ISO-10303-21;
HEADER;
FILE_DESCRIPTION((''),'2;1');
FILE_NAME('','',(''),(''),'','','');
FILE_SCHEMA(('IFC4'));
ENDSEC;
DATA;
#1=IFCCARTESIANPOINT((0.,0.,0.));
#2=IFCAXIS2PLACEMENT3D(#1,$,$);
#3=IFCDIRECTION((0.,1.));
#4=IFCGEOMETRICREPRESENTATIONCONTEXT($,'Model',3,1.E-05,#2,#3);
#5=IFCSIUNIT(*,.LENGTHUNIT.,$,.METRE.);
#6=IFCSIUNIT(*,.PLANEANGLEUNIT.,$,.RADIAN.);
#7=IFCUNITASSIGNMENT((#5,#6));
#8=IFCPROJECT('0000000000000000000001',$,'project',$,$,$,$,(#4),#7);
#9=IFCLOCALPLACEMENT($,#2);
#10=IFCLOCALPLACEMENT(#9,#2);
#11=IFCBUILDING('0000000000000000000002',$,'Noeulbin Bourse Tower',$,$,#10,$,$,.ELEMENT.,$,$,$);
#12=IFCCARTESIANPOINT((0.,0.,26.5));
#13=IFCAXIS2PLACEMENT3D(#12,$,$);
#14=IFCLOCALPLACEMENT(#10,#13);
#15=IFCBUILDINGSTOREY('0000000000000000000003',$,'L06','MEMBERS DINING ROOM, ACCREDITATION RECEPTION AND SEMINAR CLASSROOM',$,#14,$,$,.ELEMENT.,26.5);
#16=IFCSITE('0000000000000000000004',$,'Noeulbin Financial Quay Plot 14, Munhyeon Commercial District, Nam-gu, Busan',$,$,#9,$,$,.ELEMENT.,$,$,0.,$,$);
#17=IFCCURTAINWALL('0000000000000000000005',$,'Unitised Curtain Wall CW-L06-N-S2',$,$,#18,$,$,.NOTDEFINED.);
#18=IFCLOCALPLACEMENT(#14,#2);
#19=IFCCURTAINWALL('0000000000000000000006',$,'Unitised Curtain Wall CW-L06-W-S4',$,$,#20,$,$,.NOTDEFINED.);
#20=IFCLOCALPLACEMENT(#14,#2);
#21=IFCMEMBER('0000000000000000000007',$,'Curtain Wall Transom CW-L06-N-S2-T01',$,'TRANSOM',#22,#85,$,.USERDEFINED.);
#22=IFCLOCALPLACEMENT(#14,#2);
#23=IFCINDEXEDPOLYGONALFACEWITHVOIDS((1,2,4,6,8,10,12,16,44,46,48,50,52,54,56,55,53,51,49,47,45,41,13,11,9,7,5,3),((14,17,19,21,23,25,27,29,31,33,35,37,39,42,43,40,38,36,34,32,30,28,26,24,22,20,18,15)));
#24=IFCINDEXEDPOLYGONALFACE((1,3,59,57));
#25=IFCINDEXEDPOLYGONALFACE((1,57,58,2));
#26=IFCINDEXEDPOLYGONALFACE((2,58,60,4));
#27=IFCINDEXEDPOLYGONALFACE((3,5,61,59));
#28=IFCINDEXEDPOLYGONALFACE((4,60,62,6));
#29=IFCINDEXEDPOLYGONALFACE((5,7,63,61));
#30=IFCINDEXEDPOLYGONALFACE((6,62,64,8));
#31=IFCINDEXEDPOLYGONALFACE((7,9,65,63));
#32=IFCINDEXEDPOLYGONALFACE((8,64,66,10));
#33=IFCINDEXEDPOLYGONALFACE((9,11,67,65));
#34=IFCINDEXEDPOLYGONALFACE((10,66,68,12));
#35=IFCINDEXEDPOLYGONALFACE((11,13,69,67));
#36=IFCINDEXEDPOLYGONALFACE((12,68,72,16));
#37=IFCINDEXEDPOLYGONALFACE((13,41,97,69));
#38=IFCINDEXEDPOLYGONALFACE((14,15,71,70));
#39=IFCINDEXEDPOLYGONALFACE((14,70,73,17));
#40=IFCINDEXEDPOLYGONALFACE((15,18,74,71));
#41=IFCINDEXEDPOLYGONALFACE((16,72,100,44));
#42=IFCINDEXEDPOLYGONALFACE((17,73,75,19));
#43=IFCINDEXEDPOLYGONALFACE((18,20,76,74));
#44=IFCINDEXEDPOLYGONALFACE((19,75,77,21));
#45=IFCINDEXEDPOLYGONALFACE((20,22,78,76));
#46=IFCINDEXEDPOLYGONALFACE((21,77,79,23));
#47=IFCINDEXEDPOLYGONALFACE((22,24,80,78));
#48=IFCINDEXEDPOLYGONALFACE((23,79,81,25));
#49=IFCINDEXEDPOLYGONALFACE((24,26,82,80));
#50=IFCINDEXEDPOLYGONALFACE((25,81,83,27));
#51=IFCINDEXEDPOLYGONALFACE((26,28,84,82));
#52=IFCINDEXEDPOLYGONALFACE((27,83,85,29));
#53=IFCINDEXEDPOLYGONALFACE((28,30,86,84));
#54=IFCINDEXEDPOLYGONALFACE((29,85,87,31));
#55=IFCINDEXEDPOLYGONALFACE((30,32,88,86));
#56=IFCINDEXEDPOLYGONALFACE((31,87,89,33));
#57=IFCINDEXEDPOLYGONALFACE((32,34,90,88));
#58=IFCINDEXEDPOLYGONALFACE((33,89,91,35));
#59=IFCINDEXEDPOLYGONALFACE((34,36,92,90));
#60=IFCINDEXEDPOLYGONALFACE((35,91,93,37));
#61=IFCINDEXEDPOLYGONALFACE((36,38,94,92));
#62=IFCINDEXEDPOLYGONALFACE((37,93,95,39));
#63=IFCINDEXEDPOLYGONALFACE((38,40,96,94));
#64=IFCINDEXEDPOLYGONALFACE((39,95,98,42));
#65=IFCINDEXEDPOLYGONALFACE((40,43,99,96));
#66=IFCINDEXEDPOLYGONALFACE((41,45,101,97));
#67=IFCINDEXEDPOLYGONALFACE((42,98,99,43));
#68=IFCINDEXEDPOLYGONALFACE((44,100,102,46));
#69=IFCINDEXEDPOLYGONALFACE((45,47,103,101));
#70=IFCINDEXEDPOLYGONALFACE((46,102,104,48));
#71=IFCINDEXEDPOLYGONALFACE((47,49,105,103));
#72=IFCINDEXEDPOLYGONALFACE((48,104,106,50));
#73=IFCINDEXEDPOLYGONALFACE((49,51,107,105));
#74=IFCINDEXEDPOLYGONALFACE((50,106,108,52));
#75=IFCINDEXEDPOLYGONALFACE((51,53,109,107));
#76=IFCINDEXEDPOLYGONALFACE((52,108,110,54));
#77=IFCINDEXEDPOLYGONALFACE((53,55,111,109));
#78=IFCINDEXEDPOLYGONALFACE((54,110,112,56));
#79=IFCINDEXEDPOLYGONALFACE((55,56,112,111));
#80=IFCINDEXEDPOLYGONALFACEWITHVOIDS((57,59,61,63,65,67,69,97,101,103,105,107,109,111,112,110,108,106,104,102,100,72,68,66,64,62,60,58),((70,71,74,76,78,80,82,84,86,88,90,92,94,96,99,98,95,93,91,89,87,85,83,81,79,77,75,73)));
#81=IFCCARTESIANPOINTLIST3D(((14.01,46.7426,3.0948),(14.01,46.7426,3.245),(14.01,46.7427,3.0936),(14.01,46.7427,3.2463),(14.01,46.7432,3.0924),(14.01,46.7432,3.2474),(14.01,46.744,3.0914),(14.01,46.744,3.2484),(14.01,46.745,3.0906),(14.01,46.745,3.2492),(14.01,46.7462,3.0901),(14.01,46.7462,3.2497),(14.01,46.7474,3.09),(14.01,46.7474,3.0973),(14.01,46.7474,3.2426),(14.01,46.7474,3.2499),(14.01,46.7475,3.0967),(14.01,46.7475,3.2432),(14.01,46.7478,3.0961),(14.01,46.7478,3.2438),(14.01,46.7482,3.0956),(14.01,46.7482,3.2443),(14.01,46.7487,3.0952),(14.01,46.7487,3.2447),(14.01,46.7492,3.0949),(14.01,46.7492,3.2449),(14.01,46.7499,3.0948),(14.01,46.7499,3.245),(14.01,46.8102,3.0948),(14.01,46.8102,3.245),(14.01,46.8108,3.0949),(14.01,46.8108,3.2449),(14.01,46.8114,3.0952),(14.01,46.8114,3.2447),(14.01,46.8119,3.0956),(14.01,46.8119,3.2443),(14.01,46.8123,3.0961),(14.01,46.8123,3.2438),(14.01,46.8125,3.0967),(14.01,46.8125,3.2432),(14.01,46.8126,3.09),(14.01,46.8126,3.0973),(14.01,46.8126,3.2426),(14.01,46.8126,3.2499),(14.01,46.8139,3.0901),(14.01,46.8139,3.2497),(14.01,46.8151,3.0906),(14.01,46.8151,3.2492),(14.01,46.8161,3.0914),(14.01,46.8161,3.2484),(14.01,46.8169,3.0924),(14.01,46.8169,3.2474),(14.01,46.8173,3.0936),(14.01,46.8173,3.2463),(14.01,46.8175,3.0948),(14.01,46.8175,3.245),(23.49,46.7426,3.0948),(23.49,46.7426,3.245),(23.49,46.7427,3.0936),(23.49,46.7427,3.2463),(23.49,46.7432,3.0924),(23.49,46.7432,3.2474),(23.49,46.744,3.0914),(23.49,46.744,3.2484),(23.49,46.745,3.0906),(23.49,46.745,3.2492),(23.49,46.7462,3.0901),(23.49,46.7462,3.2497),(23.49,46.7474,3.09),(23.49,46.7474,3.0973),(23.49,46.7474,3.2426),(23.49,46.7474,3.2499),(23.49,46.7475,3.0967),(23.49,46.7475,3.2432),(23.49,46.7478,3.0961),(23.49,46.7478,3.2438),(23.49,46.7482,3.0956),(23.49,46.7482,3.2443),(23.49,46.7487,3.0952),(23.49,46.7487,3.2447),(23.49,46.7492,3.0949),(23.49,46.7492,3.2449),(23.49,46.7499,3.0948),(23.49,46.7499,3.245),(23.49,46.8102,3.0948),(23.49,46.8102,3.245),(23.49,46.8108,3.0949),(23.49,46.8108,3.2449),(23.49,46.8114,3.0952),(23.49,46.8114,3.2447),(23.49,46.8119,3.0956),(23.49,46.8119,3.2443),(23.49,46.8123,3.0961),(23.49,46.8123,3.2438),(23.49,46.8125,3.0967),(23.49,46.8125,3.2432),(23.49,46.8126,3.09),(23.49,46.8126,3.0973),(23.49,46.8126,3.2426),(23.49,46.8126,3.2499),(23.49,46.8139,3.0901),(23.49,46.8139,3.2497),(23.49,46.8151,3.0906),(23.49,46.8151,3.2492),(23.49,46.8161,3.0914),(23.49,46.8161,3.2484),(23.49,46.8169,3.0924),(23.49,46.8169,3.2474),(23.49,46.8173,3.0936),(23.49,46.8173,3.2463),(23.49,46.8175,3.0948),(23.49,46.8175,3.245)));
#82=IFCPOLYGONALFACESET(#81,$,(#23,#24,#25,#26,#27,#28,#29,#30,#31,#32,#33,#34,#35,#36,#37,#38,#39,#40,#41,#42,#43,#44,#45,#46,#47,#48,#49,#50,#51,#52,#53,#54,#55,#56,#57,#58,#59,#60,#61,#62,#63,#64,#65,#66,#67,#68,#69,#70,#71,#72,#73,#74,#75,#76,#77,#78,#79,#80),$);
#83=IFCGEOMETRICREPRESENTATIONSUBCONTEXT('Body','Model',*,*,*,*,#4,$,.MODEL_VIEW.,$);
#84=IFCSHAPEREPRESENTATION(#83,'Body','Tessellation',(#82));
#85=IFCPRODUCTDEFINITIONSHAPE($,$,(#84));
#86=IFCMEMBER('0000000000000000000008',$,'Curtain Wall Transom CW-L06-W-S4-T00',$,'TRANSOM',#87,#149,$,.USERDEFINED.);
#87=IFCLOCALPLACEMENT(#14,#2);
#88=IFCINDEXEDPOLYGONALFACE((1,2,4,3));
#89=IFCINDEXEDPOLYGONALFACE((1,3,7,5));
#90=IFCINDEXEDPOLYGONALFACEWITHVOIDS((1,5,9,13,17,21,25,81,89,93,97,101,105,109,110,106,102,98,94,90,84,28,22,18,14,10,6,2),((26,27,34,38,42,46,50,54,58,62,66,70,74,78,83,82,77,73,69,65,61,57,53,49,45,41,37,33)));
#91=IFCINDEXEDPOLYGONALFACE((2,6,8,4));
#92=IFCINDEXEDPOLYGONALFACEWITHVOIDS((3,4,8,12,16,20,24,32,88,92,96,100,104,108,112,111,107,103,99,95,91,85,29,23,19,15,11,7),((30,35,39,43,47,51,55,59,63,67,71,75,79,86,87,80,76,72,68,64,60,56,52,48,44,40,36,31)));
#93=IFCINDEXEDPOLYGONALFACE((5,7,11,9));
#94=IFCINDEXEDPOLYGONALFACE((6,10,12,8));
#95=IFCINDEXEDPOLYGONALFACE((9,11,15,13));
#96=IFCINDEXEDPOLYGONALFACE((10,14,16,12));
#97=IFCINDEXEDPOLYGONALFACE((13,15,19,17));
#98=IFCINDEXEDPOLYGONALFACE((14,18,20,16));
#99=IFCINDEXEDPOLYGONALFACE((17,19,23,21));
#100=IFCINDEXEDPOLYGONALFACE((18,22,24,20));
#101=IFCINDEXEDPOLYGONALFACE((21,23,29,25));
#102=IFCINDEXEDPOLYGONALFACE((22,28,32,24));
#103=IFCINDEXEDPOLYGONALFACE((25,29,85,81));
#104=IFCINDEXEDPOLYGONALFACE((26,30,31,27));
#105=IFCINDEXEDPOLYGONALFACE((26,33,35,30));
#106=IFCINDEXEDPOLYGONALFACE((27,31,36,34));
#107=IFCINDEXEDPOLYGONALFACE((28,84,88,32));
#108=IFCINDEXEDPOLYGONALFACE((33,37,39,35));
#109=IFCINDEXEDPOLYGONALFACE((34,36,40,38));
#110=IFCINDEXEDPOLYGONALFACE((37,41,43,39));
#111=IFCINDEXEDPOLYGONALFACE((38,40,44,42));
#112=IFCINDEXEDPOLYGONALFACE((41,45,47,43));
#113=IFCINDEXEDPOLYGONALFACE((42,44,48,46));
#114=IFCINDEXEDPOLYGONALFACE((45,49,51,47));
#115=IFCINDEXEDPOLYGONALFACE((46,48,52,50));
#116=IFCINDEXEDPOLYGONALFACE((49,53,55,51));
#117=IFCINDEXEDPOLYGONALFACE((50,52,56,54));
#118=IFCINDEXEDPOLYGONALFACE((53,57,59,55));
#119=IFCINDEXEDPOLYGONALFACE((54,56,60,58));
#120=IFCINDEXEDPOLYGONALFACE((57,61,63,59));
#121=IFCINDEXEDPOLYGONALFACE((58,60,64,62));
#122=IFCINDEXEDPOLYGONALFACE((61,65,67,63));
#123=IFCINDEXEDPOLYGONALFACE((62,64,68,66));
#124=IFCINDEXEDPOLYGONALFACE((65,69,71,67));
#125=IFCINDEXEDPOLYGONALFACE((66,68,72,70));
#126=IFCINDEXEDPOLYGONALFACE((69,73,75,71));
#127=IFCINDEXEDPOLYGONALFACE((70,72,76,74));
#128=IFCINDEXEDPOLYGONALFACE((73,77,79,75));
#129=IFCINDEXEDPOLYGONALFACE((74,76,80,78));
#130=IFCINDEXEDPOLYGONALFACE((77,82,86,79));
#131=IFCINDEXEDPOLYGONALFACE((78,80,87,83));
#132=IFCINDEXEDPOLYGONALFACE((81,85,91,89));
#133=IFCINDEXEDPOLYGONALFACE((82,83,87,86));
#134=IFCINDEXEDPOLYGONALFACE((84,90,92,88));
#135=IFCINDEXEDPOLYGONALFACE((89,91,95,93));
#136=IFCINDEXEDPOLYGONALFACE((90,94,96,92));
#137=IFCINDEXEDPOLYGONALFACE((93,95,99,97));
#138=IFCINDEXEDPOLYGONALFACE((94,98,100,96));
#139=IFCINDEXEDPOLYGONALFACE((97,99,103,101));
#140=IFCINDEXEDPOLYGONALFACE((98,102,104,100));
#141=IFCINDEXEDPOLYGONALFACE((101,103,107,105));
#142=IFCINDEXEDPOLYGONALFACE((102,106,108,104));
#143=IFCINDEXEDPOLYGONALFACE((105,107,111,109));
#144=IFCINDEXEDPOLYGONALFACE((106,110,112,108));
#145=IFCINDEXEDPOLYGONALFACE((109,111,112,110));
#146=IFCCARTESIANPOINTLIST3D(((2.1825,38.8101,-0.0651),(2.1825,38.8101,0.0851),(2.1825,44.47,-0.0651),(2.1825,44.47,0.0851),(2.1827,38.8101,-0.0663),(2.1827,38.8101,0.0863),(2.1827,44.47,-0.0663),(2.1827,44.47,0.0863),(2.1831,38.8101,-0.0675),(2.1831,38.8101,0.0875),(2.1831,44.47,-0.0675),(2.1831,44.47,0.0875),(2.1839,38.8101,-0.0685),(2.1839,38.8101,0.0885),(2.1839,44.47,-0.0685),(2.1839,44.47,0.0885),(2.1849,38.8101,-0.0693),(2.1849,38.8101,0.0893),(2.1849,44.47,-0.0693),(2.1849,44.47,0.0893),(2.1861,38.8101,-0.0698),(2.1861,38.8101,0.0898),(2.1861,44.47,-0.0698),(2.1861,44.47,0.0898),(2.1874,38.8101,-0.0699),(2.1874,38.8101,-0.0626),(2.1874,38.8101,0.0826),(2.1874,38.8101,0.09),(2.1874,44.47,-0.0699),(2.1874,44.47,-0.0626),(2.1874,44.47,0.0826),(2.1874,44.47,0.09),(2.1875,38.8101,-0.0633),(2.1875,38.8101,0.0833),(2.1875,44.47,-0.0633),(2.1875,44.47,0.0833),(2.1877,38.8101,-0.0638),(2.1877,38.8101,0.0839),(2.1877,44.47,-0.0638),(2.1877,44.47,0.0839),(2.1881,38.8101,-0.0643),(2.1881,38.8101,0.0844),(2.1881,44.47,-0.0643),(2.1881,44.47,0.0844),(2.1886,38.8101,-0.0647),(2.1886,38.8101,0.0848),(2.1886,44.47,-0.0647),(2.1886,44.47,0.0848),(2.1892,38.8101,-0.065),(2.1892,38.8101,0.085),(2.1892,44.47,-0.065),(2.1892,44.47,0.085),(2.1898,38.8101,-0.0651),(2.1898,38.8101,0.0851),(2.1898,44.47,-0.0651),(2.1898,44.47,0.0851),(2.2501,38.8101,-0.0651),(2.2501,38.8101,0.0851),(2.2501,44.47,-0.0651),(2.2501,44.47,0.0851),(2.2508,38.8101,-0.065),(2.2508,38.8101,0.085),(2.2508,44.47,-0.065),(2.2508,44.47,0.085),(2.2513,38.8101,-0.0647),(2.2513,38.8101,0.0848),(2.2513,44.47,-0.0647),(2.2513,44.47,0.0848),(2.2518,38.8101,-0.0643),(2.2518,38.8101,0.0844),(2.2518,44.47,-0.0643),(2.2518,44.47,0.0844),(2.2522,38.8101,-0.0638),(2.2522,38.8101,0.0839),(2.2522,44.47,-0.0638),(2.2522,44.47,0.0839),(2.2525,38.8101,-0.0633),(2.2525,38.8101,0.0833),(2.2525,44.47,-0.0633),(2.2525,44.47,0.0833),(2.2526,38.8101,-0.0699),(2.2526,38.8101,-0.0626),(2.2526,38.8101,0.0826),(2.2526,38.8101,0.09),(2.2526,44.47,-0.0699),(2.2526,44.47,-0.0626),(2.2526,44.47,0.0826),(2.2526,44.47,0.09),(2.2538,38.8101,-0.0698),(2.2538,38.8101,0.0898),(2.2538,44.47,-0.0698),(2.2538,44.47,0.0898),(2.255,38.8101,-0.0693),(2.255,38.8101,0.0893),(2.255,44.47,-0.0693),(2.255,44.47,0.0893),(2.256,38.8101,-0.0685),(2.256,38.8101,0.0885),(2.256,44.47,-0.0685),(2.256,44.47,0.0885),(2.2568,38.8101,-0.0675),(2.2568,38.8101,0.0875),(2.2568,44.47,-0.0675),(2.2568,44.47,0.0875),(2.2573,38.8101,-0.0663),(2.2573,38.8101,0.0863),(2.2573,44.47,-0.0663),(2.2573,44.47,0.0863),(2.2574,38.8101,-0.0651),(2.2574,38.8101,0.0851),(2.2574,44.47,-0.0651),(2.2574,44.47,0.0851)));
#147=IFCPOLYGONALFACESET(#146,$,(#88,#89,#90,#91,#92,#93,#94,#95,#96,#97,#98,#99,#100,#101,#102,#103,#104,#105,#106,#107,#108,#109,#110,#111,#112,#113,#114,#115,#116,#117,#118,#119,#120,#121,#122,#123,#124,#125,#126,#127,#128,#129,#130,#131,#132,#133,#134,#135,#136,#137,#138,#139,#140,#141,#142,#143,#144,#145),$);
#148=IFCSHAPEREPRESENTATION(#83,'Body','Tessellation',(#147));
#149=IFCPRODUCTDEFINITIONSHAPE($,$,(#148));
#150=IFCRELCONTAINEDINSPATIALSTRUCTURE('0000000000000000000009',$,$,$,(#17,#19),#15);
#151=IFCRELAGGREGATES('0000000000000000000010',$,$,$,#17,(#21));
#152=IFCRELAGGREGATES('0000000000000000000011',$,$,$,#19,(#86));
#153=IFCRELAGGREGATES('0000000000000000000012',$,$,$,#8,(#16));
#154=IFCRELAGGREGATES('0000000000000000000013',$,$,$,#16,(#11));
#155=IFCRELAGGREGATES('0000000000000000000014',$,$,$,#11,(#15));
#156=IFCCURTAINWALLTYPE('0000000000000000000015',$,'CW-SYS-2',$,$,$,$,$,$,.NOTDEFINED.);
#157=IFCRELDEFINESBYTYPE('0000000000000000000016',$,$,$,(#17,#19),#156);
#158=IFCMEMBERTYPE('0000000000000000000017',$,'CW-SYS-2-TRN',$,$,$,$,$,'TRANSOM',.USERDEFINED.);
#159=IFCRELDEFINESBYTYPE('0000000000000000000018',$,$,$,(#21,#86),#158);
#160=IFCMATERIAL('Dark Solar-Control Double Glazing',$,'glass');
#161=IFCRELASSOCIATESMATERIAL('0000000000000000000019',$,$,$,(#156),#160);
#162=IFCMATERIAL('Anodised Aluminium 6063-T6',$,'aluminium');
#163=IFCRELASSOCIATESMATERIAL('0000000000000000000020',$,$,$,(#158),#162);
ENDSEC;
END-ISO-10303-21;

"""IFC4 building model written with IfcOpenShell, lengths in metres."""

from ifc_helpers import new_model, si_unit, direction, frame, origin, origin_2d, place, context, subcontext, project, spatial, hollow_rectangle, extrude, material, material_profile, profile_set, type_object, element, aggregate, save


model = new_model("IFC4")

# Units and contexts
model_context = context("Model", 3, precision=1e-05, world=origin(), true_north=direction((0.0, 1.0)))
body_context = subcontext(model_context, "Body", "Model", "MODEL_VIEW")
ifc_project = project(units=[si_unit("LENGTHUNIT", "METRE"), si_unit("PLANEANGLEUNIT", "RADIAN")], contexts=[model_context])

# Site, building, storey
site_placement = place(None, origin())
site = spatial("IfcSite", under=ifc_project, at=site_placement, Name="Noeulbin Financial Quay Plot 14, Munhyeon Commercial District, Nam-gu, Busan", CompositionType="ELEMENT", RefElevation=0.0)
building_placement = place(site_placement, origin())
building = spatial("IfcBuilding", under=site, at=building_placement, Name="Noeulbin Bourse Tower", CompositionType="ELEMENT")
storey_placement = place(building_placement, frame((0.0, 0.0, 26.5)))
storey = spatial("IfcBuildingStorey", under=building, at=storey_placement, Name="L06", Description="MEMBERS DINING ROOM, ACCREDITATION RECEPTION AND SEMINAR CLASSROOM", CompositionType="ELEMENT", Elevation=26.5)

# Shared definitions
ifc_material_1 = material(Name="Dark Solar-Control Double Glazing", Category="glass")
curtain_wall_type = type_object("IfcCurtainWallType", Name="CW-SYS-2", PredefinedType="NOTDEFINED", material=ifc_material_1)
ifc_material_2 = material(Name="Anodised Aluminium 6063-T6", Category="aluminium")

# Curtain wall
curtain_wall_1_placement = place(storey_placement, origin())
curtain_wall_1 = element("IfcCurtainWall", 1, at=curtain_wall_1_placement, inside=storey, type_object=curtain_wall_type, Name="Unitised Curtain Wall CW-L06-N-S2", PredefinedType="NOTDEFINED")

# Curtain wall
curtain_wall_2_placement = place(storey_placement, origin())
curtain_wall_2 = element("IfcCurtainWall", 2, at=curtain_wall_2_placement, inside=storey, type_object=curtain_wall_type, Name="Unitised Curtain Wall CW-L06-W-S4", PredefinedType="NOTDEFINED")

# Members
ifc_material_profile_1 = material_profile(ifc_material_2, hollow_rectangle(XDim=0.075, YDim=0.1599, WallThickness=0.0049, InnerFilletRadius=0.0024, OuterFilletRadius=0.0049, at=origin_2d()), Name="ALU-TRAN-75x160x5", Category="LoadBearing")
ifc_profile_set_1 = profile_set([ifc_material_profile_1], Name="Anodised Aluminium 6063-T6")
member_type_1 = type_object("IfcMemberType", Name="CW-SYS-2-TRN", ElementType="TRANSOM", PredefinedType="USERDEFINED", material=ifc_profile_set_1)
member_1_placement = place(storey_placement, frame((14.01, 46.78, 3.1699), z_axis=(1.0, 0.0, 0.0), x_axis=(0.0, 1.0, 0.0)))
member_1 = element("IfcMember", 3, at=member_1_placement, type_object=member_type_1, Name="Curtain Wall Transom CW-L06-N-S2-T01", ObjectType="TRANSOM", PredefinedType="USERDEFINED", context=body_context, shape_type="SweptSolid", body=[
    extrude(hollow_rectangle(XDim=0.075, YDim=0.1599, WallThickness=0.0049, InnerFilletRadius=0.0024, OuterFilletRadius=0.0049, at=origin_2d()), origin(), (0.0, 0.0, 1.0), 9.48),
])
aggregate(curtain_wall_1, [member_1])
member_2_placement = place(storey_placement, frame((2.22, 38.8101, 0.01), z_axis=(0.0, 1.0, 0.0), x_axis=(-1.0, 0.0, 0.0)))
member_2 = element("IfcMember", 4, at=member_2_placement, type_object=member_type_1, Name="Curtain Wall Transom CW-L06-W-S4-T00", ObjectType="TRANSOM", PredefinedType="USERDEFINED", context=body_context, shape_type="SweptSolid", body=[
    extrude(hollow_rectangle(XDim=0.075, YDim=0.1599, WallThickness=0.0049, InnerFilletRadius=0.0024, OuterFilletRadius=0.0049, at=origin_2d()), origin(), (0.0, 0.0, 1.0), 5.6599),
])

aggregate(curtain_wall_2, [member_2])

save(model, "model.ifc")
